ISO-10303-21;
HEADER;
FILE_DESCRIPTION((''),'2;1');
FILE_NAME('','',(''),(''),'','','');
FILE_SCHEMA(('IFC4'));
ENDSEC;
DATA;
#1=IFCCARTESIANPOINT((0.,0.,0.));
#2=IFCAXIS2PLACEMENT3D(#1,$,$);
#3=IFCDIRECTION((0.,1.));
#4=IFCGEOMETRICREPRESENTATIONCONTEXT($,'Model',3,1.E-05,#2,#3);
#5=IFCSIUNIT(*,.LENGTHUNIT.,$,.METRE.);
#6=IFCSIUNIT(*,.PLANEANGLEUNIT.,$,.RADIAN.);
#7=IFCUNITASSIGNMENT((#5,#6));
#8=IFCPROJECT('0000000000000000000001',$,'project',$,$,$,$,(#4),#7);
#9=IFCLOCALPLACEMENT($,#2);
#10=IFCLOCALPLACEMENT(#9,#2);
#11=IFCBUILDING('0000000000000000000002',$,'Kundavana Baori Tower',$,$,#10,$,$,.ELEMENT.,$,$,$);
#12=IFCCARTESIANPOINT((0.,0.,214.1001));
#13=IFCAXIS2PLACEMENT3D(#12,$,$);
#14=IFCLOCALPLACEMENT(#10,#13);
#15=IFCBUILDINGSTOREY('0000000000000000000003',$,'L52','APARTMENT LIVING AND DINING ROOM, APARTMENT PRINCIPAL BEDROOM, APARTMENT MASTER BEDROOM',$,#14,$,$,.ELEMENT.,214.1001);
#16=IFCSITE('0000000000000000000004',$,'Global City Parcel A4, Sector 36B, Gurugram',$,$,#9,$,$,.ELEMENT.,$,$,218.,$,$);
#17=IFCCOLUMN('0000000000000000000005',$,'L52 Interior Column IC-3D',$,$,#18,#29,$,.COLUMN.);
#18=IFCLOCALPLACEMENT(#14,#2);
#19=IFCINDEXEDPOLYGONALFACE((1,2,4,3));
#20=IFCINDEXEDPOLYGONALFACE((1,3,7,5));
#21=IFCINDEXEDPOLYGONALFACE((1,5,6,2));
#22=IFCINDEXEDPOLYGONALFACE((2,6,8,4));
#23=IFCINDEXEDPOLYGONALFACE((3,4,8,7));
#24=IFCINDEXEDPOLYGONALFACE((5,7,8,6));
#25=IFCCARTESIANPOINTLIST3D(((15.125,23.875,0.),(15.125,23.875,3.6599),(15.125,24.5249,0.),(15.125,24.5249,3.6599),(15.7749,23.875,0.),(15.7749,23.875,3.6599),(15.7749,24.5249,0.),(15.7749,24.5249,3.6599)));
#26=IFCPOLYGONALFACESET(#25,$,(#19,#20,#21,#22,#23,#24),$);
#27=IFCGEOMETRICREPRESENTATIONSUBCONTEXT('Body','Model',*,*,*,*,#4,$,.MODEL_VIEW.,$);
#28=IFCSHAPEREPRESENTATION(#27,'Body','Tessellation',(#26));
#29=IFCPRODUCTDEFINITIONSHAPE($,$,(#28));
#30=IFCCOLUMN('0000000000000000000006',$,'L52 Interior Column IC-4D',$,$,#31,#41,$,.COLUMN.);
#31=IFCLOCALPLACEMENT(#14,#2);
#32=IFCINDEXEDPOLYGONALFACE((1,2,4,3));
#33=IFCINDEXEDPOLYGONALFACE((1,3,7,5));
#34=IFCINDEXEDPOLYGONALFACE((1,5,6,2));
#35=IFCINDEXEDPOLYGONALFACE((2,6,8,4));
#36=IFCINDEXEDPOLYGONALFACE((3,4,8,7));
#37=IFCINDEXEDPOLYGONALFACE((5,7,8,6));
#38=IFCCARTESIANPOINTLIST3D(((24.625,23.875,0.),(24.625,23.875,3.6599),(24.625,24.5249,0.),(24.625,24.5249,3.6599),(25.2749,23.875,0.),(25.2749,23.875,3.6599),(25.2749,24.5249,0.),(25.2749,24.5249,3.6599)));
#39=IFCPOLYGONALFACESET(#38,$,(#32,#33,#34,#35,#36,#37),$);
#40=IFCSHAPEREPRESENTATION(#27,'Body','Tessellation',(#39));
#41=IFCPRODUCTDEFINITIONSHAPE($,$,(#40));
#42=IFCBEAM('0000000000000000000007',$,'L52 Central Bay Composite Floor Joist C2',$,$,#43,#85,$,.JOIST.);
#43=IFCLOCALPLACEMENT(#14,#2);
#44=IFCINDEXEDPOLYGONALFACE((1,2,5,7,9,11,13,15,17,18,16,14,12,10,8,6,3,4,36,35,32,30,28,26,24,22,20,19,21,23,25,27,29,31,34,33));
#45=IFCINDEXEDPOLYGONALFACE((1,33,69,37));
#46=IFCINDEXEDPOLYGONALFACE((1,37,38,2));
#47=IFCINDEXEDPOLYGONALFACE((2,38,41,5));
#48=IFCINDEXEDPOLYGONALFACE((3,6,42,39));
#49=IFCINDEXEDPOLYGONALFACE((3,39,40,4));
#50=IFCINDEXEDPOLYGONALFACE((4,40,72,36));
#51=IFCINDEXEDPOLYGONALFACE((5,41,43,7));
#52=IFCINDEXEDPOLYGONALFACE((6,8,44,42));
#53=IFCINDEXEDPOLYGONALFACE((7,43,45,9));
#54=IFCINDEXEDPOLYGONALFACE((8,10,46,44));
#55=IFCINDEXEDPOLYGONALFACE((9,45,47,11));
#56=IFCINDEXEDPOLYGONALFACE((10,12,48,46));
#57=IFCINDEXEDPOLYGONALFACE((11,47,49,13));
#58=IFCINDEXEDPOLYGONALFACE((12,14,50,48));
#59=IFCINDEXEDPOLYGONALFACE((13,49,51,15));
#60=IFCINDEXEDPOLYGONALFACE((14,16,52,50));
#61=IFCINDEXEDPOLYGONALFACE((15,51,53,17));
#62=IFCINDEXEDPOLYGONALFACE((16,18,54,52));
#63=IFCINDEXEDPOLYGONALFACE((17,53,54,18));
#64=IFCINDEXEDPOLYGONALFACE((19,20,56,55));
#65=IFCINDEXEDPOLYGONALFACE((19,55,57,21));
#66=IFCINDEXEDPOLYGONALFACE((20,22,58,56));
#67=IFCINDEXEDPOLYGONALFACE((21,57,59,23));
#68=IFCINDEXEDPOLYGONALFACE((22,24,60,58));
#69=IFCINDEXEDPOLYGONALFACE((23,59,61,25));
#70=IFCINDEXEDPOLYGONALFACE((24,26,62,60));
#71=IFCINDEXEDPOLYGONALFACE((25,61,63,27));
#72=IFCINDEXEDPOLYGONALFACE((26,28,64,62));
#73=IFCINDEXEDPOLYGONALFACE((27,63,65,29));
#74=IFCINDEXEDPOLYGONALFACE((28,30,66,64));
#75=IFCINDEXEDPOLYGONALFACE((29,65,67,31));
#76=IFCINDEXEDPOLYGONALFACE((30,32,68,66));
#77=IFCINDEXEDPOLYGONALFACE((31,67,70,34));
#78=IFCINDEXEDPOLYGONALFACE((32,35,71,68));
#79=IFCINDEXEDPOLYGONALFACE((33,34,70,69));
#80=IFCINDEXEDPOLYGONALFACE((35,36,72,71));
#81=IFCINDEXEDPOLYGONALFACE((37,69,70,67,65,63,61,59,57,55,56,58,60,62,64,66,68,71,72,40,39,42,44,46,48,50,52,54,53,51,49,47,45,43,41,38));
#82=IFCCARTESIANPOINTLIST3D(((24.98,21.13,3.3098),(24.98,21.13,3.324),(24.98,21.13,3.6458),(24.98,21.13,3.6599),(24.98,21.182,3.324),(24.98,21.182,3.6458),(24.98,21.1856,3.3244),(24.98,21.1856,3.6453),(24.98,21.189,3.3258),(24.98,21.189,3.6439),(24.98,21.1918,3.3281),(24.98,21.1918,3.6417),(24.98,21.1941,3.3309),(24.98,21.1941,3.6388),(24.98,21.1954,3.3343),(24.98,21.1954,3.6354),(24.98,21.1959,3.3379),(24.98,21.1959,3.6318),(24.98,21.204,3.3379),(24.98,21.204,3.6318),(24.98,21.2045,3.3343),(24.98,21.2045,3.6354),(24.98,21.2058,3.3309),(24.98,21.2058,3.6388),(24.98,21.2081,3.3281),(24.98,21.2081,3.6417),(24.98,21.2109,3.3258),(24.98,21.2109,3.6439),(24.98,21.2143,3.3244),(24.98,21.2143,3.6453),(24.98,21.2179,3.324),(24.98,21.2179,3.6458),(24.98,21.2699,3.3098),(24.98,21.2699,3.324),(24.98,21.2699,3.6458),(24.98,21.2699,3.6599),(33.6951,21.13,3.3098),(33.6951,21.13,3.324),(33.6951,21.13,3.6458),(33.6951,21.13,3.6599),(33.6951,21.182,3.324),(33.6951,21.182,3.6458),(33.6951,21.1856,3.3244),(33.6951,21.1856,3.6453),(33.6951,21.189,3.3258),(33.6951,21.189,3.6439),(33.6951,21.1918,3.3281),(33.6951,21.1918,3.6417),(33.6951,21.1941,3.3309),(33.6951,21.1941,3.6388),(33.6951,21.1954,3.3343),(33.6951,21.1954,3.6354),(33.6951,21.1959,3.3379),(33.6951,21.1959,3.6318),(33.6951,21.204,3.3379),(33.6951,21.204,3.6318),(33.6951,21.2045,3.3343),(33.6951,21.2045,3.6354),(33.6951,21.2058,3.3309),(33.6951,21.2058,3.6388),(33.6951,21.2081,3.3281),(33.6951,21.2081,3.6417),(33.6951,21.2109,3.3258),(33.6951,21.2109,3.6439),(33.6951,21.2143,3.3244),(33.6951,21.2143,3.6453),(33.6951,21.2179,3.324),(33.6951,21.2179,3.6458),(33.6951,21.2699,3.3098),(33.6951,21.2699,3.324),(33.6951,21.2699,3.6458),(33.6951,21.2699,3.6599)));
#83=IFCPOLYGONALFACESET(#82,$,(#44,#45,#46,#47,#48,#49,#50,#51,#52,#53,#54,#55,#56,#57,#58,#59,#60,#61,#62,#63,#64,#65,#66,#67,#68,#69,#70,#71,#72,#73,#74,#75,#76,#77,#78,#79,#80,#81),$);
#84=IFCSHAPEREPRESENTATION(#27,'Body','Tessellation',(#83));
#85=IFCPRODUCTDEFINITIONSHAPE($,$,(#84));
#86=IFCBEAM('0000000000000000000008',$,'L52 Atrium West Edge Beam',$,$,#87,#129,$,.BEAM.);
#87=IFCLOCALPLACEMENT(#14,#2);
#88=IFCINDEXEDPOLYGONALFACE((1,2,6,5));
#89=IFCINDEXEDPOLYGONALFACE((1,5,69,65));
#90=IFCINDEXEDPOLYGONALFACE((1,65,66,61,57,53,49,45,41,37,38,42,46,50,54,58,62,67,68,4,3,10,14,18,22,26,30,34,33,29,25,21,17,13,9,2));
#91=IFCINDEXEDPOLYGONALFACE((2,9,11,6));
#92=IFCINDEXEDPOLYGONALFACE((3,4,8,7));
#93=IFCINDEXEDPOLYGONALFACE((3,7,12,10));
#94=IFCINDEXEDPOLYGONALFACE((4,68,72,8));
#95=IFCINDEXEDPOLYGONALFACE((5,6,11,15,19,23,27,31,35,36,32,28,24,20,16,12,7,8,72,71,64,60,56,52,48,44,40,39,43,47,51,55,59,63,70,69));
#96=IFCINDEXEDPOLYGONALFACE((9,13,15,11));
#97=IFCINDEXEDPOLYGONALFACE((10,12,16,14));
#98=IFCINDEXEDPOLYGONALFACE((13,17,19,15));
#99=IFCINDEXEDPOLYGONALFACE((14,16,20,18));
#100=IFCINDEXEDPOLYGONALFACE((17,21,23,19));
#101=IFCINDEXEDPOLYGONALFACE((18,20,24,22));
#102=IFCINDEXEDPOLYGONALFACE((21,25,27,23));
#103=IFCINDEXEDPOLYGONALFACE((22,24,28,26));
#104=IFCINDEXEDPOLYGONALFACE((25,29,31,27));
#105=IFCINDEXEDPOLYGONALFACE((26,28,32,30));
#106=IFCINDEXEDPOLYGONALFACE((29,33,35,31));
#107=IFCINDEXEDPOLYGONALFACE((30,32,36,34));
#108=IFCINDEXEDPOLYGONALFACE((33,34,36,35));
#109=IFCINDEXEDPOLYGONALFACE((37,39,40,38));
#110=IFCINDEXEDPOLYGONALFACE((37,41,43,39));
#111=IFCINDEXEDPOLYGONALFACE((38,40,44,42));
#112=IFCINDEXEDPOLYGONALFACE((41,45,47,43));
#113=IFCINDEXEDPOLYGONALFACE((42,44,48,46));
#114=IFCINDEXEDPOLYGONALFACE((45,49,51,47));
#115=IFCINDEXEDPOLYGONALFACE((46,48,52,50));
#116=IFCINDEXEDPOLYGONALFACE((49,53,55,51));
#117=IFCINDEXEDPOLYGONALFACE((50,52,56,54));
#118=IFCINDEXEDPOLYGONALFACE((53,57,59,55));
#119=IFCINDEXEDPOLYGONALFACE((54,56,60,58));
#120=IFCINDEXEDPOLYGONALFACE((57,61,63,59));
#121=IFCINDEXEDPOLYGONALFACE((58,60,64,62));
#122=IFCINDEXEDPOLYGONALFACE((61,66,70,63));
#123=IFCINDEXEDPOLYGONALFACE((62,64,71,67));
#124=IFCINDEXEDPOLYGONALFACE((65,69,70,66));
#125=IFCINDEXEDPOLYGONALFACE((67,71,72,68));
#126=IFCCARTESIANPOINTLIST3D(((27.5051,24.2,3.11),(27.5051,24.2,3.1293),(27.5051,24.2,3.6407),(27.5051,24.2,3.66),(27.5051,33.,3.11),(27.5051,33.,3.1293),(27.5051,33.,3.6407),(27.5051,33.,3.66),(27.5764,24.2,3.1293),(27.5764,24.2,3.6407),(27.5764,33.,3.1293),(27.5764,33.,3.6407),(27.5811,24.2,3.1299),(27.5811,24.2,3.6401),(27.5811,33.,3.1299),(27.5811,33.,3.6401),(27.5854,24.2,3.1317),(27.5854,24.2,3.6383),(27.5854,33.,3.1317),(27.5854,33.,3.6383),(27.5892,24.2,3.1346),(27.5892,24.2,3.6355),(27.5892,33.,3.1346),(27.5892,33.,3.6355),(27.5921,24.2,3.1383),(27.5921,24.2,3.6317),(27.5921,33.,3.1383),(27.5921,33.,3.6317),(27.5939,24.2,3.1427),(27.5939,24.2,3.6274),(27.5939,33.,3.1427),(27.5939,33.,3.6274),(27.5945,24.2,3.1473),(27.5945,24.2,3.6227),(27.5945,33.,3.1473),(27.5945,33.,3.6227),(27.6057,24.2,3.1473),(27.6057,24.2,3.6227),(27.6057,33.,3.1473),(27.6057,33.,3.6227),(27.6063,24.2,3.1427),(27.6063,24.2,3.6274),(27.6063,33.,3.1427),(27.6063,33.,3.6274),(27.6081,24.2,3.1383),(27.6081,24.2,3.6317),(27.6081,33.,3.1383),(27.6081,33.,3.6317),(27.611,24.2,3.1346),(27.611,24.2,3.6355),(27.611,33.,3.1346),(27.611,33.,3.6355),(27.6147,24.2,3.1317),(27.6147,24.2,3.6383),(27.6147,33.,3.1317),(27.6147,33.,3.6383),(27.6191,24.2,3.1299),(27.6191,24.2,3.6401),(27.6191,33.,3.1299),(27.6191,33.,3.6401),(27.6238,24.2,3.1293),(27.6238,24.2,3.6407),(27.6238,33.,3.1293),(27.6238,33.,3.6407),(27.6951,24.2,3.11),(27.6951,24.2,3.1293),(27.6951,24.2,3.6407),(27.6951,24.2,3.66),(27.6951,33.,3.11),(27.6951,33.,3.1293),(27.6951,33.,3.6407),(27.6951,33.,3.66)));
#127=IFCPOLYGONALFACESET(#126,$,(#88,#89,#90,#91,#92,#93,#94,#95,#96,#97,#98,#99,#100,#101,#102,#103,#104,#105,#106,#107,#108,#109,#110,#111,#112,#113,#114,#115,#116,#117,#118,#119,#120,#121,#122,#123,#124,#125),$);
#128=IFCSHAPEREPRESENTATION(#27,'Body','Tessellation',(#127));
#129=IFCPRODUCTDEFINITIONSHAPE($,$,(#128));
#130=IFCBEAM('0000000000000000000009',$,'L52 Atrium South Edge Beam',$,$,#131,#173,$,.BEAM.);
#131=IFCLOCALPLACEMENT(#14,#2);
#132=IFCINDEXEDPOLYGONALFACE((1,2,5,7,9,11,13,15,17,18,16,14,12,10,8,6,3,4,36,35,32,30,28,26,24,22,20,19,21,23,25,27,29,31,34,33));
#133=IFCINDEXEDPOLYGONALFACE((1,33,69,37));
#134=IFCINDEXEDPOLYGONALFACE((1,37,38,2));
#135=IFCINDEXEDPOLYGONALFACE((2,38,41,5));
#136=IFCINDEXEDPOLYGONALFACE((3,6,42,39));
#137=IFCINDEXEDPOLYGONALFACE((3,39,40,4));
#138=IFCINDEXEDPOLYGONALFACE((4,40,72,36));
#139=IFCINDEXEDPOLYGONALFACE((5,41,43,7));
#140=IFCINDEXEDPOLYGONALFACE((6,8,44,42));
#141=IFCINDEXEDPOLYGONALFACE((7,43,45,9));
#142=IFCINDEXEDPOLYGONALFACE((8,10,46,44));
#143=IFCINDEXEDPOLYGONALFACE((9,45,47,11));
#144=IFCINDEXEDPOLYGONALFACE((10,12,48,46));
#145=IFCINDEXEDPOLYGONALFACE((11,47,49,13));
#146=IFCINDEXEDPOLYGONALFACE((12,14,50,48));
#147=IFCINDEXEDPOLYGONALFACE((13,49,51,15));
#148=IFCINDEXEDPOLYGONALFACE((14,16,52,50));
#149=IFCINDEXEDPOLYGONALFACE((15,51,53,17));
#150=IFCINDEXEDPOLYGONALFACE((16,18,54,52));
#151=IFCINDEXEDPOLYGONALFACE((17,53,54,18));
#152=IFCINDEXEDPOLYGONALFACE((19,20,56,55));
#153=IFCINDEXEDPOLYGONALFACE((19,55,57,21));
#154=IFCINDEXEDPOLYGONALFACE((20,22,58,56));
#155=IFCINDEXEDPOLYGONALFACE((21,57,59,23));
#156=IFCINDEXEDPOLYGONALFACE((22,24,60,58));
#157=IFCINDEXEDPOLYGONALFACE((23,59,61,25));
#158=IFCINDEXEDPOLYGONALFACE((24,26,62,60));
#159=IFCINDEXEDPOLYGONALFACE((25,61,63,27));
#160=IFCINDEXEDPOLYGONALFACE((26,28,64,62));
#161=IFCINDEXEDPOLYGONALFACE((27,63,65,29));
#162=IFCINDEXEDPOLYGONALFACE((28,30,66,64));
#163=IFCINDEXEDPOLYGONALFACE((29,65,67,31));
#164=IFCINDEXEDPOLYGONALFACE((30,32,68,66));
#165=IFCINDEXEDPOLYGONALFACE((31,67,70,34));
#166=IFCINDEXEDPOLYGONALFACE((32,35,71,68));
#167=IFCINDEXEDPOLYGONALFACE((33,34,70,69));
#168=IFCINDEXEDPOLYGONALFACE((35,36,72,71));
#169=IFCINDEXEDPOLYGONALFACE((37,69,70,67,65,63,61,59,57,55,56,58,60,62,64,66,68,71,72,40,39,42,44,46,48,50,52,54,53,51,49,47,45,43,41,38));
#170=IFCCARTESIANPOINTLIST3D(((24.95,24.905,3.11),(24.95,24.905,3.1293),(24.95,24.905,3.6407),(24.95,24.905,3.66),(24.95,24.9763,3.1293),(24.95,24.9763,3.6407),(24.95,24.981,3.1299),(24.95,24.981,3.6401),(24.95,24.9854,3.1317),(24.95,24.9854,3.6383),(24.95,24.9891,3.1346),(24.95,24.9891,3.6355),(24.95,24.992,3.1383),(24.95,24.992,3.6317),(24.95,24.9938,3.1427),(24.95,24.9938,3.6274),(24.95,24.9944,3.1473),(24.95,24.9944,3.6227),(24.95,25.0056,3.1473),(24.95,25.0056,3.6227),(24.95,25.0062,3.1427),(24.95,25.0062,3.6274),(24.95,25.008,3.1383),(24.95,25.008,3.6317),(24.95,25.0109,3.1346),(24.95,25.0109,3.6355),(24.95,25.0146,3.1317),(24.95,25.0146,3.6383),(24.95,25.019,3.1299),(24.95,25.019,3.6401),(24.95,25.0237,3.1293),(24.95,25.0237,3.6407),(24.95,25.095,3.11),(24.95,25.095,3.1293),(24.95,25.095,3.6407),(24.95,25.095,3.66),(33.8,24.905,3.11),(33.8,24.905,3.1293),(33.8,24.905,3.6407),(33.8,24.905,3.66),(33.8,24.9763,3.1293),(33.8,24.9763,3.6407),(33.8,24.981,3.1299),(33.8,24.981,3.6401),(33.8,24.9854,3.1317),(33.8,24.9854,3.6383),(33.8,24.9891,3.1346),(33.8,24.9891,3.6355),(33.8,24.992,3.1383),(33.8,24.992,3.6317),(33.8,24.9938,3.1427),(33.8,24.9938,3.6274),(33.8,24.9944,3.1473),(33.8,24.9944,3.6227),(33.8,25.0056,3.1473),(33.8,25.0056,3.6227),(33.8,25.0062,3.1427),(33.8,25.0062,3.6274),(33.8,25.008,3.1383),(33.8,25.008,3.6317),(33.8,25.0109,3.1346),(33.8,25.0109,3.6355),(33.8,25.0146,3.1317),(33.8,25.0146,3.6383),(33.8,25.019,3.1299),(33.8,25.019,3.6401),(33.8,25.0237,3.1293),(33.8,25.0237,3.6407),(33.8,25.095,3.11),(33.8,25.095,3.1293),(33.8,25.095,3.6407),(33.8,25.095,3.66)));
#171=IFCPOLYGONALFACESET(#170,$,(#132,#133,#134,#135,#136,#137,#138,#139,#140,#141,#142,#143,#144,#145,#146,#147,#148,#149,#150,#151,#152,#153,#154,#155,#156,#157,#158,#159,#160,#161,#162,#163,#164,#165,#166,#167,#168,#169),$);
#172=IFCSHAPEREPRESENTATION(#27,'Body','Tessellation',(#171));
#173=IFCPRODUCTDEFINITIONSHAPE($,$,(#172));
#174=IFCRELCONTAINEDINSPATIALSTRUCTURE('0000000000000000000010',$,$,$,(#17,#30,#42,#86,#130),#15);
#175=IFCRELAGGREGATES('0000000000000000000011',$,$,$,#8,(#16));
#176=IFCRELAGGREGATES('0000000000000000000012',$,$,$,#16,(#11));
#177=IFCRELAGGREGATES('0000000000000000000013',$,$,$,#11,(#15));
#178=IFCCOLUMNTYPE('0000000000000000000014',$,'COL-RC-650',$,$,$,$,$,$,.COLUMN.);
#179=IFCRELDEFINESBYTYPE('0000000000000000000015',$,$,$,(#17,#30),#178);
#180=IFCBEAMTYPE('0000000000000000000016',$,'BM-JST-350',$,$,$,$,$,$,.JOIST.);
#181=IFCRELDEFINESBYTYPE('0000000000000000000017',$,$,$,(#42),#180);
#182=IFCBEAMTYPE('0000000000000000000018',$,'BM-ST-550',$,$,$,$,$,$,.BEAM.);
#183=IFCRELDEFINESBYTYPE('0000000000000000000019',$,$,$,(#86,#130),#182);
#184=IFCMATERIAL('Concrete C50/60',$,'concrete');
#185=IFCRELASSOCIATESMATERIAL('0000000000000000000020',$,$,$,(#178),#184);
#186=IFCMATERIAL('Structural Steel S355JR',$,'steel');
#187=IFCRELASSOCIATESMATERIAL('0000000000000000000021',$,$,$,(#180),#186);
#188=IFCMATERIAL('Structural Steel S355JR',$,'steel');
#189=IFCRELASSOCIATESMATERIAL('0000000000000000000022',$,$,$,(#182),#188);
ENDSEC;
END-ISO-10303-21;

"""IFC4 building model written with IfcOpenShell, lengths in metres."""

from ifc_helpers import new_model, si_unit, direction, frame, origin, origin_2d, place, context, subcontext, project, spatial, rectangle, i_section, extrude, material, material_profile, profile_set, type_object, element, save


model = new_model("IFC4")

# Units and contexts
model_context = context("Model", 3, precision=1e-05, world=origin(), true_north=direction((0.0, 1.0)))
body_context = subcontext(model_context, "Body", "Model", "MODEL_VIEW")
ifc_project = project(units=[si_unit("LENGTHUNIT", "METRE"), si_unit("PLANEANGLEUNIT", "RADIAN")], contexts=[model_context])

# Site, building, storey
site_placement = place(None, origin())
site = spatial("IfcSite", under=ifc_project, at=site_placement, Name="Global City Parcel A4, Sector 36B, Gurugram", CompositionType="ELEMENT", RefElevation=218.0)
building_placement = place(site_placement, origin())
building = spatial("IfcBuilding", under=site, at=building_placement, Name="Kundavana Baori Tower", CompositionType="ELEMENT")
storey_placement = place(building_placement, frame((0.0, 0.0, 214.1001)))
storey = spatial("IfcBuildingStorey", under=building, at=storey_placement, Name="L52", Description="APARTMENT LIVING AND DINING ROOM, APARTMENT PRINCIPAL BEDROOM, APARTMENT MASTER BEDROOM", CompositionType="ELEMENT", Elevation=214.1001)

# Columns
ifc_material_1 = material(Name="Concrete C50/60", Category="concrete")
ifc_material_profile_1 = material_profile(ifc_material_1, rectangle(XDim=0.6499, YDim=0.6499, at=origin_2d()), Name="RC 650x650")
ifc_profile_set_1 = profile_set([ifc_material_profile_1], Name="Concrete C50/60")
column_type = type_object("IfcColumnType", Name="COL-RC-650", PredefinedType="COLUMN", material=ifc_profile_set_1)
for number, where, z_axis, x_axis, name in (
    (1, (15.45, 24.2, 0.0), (0.0, 0.0, 1.0), (1.0, 0.0, 0.0), "L52 Interior Column IC-3D"),
    (2, (24.95, 24.2, 0.0), (0.0, 0.0, 1.0), (1.0, 0.0, 0.0), "L52 Interior Column IC-4D"),
):
    element("IfcColumn", number, at=place(storey_placement, frame(where, z_axis=z_axis, x_axis=x_axis)), inside=storey, type_object=column_type, Name=name, PredefinedType="COLUMN", context=body_context, shape_type="SweptSolid", body=[
        extrude(rectangle(XDim=0.6499, YDim=0.6499, at=origin_2d()), origin(), (0.0, 0.0, 1.0), 3.6599),
    ])

# Beams
ifc_material_2 = material(Name="Structural Steel S355JR", Category="steel")
ifc_material_profile_2 = material_profile(ifc_material_2, i_section(OverallWidth=0.1399, OverallDepth=0.3501, WebThickness=0.0081, FlangeThickness=0.0142, FilletRadius=0.0139, at=origin_2d()), Name="ISMB 350")
ifc_profile_set_2 = profile_set([ifc_material_profile_2], Name="Structural Steel S355JR")
beam_type_1 = type_object("IfcBeamType", Name="BM-JST-350", PredefinedType="JOIST", material=ifc_profile_set_2)
beam_1_placement = place(storey_placement, frame((24.98, 21.2, 3.4849), z_axis=(1.0, 0.0, 0.0), x_axis=(0.0, 1.0, 0.0)))
element("IfcBeam", 3, at=beam_1_placement, inside=storey, type_object=beam_type_1, Name="L52 Central Bay Composite Floor Joist C2", PredefinedType="JOIST", context=body_context, shape_type="SweptSolid", body=[
    extrude(i_section(OverallWidth=0.1399, OverallDepth=0.3501, WebThickness=0.0081, FlangeThickness=0.0142, FilletRadius=0.0139, at=origin_2d()), origin(), (0.0, 0.0, 1.0), 8.7151),
])
ifc_material_3 = material(Name="Structural Steel S355JR", Category="steel")
ifc_material_profile_3 = material_profile(ifc_material_3, i_section(OverallWidth=0.1899, OverallDepth=0.55, WebThickness=0.0112, FlangeThickness=0.0193, FilletRadius=0.0181, at=origin_2d()), Name="ISMB 550")
ifc_profile_set_3 = profile_set([ifc_material_profile_3], Name="Structural Steel S355JR")
beam_type_2 = type_object("IfcBeamType", Name="BM-ST-550", PredefinedType="BEAM", material=ifc_profile_set_3)
beam_2_placement = place(storey_placement, frame((27.6001, 24.2, 3.385), z_axis=(0.0, 1.0, 0.0), x_axis=(-1.0, 0.0, 0.0)))
element("IfcBeam", 4, at=beam_2_placement, inside=storey, type_object=beam_type_2, Name="L52 Atrium West Edge Beam", PredefinedType="BEAM", context=body_context, shape_type="SweptSolid", body=[
    extrude(i_section(OverallWidth=0.1899, OverallDepth=0.55, WebThickness=0.0112, FlangeThickness=0.0193, FilletRadius=0.0181, at=origin_2d()), origin(), (0.0, 0.0, 1.0), 8.8),
])
beam_3_placement = place(storey_placement, frame((24.95, 25.0, 3.385), z_axis=(1.0, 0.0, 0.0), x_axis=(0.0, 1.0, 0.0)))
element("IfcBeam", 5, at=beam_3_placement, inside=storey, type_object=beam_type_2, Name="L52 Atrium South Edge Beam", PredefinedType="BEAM", context=body_context, shape_type="SweptSolid", body=[
    extrude(i_section(OverallWidth=0.1899, OverallDepth=0.55, WebThickness=0.0112, FlangeThickness=0.0193, FilletRadius=0.0181, at=origin_2d()), origin(), (0.0, 0.0, 1.0), 8.8501),
])

save(model, "model.ifc")
